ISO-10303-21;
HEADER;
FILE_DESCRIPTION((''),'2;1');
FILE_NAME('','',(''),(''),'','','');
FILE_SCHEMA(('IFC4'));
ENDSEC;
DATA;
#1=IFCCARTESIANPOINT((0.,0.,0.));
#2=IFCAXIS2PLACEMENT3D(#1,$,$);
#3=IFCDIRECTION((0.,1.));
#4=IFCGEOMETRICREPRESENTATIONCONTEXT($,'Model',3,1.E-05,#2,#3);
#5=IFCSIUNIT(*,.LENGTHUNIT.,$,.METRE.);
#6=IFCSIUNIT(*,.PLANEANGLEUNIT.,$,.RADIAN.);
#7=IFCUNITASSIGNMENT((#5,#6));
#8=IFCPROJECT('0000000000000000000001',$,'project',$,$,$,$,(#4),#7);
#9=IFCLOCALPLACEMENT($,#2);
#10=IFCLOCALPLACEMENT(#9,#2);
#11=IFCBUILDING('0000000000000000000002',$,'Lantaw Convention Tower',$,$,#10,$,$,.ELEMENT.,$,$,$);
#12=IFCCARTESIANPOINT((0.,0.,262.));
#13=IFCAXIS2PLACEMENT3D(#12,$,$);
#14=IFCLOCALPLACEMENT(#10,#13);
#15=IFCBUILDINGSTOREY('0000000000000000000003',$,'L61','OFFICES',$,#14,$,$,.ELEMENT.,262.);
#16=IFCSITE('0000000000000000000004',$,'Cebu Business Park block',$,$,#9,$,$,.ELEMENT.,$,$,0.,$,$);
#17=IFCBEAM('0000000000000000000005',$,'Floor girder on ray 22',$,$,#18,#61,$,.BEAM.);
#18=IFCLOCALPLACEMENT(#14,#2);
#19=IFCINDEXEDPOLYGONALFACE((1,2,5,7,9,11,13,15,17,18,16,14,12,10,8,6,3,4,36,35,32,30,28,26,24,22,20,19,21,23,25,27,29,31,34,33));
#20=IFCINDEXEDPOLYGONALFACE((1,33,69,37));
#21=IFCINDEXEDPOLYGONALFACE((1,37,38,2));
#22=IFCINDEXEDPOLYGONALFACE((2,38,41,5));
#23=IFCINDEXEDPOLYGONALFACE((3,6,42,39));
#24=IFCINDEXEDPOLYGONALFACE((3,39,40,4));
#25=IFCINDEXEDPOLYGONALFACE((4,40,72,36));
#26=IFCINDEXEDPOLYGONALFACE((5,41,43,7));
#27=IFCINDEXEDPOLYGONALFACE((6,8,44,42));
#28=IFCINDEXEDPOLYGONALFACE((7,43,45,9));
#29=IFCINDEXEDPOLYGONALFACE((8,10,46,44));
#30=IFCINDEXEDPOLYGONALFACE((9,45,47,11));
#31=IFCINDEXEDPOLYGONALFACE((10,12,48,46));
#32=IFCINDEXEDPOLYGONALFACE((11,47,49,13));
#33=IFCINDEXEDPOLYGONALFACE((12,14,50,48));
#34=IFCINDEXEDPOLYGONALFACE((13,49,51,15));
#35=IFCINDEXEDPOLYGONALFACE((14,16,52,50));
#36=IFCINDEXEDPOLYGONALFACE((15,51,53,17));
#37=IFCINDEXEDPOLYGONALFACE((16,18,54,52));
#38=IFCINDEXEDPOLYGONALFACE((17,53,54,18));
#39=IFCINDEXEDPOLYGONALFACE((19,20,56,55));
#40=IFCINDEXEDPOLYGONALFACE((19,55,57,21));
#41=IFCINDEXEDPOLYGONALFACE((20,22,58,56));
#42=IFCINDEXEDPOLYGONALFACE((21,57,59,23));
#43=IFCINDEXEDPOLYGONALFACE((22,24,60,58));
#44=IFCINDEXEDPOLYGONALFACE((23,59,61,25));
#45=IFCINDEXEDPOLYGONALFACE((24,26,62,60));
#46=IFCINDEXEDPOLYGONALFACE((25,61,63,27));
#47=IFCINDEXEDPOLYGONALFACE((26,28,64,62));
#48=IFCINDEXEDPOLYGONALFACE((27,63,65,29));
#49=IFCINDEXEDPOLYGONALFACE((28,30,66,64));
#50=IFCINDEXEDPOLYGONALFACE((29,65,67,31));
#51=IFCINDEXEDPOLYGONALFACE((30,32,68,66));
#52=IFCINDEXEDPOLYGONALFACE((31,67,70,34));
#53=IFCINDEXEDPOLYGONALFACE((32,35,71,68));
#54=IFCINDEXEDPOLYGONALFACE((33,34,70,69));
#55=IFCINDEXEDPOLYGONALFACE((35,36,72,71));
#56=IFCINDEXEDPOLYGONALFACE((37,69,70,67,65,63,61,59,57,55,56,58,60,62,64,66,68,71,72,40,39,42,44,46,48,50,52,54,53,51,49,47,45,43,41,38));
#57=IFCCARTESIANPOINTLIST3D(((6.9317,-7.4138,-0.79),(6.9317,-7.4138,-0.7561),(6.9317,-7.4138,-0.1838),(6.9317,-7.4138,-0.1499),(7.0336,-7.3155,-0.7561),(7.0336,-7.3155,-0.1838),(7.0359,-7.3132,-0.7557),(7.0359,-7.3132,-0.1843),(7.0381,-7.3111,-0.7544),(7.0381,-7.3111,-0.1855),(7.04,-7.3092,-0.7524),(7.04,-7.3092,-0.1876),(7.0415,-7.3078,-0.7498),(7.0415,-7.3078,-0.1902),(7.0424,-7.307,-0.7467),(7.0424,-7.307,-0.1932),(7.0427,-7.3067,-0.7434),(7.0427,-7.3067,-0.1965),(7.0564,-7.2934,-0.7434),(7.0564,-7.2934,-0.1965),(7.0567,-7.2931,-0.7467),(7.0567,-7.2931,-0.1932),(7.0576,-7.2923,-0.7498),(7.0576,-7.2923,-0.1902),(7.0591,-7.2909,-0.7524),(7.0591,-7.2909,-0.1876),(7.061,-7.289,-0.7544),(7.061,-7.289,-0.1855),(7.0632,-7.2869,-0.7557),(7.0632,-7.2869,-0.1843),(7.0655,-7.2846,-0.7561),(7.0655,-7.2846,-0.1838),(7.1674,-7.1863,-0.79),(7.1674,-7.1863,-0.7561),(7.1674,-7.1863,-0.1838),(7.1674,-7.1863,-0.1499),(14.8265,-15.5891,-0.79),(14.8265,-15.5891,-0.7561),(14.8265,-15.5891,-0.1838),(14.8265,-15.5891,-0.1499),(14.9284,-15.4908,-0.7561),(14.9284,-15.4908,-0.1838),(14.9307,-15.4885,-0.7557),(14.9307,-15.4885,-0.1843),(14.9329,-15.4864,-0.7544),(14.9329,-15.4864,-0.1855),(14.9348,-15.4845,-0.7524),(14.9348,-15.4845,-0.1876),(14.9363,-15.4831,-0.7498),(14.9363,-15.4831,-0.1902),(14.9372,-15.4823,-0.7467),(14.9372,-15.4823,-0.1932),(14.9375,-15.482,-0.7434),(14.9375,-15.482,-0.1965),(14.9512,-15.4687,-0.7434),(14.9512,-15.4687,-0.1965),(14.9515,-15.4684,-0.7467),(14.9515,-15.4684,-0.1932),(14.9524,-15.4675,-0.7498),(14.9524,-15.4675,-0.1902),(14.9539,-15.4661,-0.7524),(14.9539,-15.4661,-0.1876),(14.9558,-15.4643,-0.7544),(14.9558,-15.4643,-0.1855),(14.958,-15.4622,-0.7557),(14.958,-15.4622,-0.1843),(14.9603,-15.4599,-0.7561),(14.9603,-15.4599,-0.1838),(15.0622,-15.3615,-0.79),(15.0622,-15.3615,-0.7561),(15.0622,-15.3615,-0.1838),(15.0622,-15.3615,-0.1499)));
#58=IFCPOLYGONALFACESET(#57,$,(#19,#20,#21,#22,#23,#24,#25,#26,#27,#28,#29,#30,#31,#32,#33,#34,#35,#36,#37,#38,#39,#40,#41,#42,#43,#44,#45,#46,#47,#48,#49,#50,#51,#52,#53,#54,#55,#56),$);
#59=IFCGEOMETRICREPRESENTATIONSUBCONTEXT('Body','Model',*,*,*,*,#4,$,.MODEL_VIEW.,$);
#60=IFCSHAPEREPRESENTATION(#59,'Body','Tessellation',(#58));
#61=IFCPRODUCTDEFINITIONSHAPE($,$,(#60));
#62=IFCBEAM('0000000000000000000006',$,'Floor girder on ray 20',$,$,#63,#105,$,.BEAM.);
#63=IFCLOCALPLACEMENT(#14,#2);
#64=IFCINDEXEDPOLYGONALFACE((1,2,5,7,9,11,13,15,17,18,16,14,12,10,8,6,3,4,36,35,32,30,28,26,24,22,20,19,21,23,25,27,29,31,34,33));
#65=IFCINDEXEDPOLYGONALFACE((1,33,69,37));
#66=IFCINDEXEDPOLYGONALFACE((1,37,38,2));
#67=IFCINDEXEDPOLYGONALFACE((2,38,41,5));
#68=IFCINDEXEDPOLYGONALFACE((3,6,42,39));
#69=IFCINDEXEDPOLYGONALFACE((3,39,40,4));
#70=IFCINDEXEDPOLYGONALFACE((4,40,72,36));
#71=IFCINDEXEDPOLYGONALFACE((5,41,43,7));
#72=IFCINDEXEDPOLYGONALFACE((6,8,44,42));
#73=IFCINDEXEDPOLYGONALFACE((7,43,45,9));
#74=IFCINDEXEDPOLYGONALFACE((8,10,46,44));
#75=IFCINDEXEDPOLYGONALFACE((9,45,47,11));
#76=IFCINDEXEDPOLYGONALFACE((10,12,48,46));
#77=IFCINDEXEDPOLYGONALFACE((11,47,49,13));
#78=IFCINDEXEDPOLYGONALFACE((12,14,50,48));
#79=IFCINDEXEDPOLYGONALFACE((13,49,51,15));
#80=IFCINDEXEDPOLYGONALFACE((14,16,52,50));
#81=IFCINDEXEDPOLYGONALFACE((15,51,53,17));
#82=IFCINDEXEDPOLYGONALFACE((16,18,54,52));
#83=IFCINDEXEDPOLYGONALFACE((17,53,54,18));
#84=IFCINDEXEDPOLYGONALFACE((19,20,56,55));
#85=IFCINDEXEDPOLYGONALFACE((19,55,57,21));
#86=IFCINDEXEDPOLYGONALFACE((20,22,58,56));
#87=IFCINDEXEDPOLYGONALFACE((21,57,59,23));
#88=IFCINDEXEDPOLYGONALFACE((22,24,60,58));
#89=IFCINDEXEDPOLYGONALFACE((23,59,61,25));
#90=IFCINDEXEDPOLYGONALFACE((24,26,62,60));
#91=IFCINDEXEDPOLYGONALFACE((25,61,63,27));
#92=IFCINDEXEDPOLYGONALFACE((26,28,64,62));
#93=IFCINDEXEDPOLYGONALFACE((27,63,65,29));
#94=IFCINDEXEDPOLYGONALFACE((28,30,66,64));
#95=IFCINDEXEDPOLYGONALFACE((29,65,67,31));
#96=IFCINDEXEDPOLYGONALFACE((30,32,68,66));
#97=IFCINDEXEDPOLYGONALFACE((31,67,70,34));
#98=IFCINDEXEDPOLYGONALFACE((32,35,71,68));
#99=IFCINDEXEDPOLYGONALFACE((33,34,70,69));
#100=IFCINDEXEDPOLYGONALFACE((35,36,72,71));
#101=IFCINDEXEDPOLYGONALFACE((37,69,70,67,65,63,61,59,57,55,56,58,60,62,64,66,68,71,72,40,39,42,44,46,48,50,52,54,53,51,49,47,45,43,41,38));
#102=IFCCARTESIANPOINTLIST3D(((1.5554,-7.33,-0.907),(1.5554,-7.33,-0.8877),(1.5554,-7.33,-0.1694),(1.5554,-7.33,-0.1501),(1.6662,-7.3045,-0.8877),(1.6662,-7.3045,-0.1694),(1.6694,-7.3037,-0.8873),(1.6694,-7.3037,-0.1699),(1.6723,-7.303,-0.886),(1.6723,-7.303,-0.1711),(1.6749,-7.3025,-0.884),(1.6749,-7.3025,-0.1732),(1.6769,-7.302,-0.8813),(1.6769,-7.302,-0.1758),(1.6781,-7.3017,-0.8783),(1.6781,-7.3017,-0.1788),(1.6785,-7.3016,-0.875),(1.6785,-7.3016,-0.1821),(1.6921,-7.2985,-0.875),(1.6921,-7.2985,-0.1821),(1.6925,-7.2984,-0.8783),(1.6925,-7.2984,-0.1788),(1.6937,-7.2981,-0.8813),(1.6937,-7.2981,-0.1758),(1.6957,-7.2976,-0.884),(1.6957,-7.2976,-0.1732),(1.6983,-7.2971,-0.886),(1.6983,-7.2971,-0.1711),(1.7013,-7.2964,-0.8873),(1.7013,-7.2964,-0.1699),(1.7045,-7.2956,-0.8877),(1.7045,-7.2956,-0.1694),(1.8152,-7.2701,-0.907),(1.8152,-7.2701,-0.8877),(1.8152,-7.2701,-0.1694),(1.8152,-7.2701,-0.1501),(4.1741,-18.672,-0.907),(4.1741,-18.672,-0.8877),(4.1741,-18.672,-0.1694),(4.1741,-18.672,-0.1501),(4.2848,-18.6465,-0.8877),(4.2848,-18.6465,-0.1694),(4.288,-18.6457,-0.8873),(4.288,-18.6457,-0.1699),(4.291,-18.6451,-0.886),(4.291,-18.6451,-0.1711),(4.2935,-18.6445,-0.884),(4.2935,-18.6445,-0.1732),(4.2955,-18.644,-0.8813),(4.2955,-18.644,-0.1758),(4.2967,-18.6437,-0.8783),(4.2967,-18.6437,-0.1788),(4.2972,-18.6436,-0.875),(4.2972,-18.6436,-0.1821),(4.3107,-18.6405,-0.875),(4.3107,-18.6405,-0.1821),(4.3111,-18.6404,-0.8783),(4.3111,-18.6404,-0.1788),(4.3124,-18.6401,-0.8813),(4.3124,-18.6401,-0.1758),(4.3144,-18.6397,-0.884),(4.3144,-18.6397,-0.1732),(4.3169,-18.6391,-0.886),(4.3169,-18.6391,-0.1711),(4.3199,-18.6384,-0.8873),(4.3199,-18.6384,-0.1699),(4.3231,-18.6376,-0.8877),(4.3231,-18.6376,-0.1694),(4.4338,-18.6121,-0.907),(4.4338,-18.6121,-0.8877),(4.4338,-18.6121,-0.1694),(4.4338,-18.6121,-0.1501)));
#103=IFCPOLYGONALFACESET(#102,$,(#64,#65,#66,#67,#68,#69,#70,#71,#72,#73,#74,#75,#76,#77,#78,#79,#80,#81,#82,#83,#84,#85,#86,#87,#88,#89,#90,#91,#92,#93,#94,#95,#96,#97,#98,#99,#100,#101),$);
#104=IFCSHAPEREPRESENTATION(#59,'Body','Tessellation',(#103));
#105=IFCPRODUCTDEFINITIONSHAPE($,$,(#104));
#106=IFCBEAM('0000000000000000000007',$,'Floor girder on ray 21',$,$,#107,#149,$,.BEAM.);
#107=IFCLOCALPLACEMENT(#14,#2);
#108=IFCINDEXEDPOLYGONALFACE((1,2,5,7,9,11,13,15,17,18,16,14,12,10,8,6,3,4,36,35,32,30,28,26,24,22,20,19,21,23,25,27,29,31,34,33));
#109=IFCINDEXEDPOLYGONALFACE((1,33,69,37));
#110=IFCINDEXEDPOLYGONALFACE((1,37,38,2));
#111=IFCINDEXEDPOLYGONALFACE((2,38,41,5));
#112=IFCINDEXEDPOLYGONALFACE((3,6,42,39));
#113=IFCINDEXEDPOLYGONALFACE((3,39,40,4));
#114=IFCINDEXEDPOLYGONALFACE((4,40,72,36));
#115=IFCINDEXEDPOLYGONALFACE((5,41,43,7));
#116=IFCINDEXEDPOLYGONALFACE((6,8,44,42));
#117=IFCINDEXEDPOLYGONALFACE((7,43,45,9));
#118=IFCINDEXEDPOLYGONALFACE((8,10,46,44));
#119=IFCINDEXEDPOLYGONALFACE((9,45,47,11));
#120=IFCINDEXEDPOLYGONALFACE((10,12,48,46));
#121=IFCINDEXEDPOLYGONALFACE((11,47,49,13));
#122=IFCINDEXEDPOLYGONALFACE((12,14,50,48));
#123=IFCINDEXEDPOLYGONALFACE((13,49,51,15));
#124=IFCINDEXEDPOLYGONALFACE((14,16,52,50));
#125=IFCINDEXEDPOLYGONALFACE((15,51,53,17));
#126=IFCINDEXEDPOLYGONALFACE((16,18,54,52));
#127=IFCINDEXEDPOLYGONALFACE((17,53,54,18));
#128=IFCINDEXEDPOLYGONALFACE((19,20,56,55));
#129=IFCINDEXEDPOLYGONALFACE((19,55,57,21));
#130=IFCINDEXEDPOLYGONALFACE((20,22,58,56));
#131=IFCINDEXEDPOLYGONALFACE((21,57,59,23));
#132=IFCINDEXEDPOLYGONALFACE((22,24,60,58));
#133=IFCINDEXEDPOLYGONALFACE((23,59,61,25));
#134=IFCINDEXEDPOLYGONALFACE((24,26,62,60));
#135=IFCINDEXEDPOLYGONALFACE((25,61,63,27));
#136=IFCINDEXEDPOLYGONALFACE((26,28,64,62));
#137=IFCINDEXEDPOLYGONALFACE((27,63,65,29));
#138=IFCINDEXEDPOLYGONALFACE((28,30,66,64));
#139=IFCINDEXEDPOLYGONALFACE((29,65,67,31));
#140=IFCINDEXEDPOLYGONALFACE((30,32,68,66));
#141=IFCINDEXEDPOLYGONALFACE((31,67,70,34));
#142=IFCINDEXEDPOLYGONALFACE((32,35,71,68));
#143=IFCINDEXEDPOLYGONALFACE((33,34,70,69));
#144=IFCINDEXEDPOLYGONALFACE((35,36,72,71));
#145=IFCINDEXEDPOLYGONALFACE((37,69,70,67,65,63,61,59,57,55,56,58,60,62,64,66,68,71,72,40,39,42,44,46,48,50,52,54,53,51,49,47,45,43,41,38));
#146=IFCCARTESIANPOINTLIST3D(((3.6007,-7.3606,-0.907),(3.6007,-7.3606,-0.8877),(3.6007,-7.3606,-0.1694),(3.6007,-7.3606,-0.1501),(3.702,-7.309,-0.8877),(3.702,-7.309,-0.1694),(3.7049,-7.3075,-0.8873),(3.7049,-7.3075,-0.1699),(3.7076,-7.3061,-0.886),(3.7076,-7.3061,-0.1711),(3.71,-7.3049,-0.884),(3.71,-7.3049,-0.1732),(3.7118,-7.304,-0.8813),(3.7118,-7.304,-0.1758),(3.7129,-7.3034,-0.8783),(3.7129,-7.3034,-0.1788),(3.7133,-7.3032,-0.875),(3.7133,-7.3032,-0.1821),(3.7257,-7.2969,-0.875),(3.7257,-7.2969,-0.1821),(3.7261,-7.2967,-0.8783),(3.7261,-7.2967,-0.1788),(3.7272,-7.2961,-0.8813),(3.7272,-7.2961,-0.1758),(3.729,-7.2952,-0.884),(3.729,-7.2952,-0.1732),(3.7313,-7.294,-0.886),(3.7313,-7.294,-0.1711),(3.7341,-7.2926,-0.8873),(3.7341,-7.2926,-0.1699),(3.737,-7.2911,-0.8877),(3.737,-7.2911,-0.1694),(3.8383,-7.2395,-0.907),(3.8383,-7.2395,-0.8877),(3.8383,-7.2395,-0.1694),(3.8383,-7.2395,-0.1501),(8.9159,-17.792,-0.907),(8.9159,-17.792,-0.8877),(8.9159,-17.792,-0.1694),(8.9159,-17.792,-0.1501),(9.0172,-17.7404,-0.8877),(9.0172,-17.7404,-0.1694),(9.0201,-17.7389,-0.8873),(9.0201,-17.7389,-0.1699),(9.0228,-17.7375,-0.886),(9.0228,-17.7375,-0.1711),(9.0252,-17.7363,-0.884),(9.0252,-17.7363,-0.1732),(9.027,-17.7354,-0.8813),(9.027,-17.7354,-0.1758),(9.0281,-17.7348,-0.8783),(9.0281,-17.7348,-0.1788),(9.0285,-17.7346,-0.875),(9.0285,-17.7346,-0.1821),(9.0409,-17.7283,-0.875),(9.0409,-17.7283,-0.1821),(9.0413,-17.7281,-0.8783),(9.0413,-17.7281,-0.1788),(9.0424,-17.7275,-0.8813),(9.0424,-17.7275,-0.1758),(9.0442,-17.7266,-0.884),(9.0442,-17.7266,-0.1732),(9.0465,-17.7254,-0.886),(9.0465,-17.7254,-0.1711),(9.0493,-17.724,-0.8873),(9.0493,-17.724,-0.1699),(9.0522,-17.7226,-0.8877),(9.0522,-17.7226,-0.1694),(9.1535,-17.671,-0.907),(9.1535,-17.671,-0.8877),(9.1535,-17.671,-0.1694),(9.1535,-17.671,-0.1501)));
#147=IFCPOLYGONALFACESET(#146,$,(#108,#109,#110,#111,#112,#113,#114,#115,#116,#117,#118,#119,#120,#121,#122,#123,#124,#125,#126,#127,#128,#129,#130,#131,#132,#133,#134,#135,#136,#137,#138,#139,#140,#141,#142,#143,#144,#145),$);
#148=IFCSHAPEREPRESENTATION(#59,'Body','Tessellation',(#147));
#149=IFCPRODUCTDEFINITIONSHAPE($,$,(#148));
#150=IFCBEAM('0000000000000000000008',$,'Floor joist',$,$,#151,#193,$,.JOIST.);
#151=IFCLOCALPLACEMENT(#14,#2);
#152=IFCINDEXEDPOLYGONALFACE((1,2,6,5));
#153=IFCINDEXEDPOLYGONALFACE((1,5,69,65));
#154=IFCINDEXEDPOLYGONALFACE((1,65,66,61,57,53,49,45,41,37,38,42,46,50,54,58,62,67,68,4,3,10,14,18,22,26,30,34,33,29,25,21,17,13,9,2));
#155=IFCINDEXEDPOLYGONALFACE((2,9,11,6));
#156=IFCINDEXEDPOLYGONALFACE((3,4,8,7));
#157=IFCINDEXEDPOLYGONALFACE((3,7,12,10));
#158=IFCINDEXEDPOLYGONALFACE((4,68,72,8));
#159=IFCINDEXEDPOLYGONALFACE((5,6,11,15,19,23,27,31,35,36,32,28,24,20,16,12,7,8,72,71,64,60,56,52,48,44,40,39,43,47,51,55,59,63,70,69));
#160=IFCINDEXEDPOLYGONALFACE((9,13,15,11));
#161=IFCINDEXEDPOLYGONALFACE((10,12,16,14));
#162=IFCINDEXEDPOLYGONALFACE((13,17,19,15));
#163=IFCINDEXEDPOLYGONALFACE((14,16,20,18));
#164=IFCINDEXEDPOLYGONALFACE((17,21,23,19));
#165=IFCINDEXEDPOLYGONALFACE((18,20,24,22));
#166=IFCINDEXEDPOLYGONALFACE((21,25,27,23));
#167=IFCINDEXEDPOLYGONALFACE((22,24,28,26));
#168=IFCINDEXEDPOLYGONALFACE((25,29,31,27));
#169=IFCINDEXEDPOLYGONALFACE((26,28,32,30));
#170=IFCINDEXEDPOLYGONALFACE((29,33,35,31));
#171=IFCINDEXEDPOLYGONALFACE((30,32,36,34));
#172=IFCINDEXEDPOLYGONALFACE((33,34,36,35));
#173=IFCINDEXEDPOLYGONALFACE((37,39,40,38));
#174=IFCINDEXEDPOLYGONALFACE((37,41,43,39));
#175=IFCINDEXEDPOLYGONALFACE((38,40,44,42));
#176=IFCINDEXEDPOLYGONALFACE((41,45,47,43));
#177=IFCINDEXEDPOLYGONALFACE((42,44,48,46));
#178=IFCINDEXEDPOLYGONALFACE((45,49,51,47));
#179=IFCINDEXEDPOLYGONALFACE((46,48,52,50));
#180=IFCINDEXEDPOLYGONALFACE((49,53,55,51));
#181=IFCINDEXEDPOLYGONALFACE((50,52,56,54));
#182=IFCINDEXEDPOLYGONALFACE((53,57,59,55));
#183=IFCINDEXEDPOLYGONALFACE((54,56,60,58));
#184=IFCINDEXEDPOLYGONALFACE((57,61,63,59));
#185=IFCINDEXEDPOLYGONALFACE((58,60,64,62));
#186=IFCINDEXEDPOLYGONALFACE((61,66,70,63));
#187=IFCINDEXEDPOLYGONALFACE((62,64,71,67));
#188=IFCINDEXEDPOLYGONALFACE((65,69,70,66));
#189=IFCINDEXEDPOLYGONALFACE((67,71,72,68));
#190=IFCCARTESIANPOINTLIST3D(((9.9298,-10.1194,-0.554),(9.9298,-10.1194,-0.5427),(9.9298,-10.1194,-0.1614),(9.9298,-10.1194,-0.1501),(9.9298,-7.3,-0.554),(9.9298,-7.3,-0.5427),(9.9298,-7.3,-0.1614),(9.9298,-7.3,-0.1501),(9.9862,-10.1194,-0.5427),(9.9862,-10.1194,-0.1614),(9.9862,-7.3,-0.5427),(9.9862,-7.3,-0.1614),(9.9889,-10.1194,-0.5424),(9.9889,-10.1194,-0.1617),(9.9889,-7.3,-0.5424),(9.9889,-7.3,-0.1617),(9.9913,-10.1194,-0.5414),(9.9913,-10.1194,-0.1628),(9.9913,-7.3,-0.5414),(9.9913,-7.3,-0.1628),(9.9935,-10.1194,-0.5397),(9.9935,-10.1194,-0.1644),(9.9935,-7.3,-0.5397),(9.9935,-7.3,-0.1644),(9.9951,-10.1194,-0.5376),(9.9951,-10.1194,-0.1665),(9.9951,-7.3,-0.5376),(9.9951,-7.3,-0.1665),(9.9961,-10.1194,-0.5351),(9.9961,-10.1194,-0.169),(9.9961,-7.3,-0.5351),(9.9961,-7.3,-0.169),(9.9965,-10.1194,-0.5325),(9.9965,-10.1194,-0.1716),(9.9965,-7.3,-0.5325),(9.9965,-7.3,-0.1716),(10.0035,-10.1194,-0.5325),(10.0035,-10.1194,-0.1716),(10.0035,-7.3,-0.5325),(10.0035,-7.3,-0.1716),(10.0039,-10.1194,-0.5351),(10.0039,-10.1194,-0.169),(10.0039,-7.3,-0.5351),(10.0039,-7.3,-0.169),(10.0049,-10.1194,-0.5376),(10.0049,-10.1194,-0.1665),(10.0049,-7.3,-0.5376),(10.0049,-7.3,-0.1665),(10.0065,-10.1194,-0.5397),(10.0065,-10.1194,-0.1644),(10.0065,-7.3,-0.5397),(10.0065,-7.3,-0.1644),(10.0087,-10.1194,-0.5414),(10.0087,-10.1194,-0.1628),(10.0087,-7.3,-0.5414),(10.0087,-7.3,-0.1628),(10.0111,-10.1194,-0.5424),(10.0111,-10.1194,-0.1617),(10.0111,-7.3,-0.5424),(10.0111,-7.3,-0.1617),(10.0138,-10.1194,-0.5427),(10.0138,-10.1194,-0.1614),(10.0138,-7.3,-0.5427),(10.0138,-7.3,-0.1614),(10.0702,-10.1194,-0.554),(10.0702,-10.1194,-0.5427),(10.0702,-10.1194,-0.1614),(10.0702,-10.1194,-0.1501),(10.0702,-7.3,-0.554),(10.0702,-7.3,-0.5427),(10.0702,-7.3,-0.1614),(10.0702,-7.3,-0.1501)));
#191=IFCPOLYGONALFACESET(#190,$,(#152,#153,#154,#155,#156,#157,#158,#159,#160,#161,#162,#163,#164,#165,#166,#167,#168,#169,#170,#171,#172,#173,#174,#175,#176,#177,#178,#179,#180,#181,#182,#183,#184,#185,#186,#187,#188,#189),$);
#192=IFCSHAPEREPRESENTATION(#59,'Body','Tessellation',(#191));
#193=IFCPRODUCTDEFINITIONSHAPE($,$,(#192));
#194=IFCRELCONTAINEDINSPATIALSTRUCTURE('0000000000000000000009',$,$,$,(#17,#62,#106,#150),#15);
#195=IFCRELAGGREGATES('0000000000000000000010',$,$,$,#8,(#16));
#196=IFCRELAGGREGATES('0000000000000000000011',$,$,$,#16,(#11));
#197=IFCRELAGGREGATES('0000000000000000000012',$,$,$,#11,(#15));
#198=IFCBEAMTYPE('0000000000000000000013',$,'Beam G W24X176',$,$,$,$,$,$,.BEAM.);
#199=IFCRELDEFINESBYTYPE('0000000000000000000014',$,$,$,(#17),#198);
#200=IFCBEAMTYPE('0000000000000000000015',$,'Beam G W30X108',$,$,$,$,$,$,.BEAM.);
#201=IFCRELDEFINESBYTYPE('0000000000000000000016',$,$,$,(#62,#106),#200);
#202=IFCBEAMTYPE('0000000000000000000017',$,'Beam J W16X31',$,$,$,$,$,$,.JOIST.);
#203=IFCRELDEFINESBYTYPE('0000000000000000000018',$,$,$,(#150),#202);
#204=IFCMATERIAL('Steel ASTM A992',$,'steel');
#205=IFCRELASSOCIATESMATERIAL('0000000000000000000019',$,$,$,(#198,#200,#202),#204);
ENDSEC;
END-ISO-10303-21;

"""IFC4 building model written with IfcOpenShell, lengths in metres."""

from ifc_helpers import new_model, si_unit, direction, frame, origin, origin_2d, place, context, subcontext, project, spatial, i_section, extrude, material, material_profile, profile_set, type_object, element, save


model = new_model("IFC4")

# Units and contexts
model_context = context("Model", 3, precision=1e-05, world=origin(), true_north=direction((0.0, 1.0)))
body_context = subcontext(model_context, "Body", "Model", "MODEL_VIEW")
ifc_project = project(units=[si_unit("LENGTHUNIT", "METRE"), si_unit("PLANEANGLEUNIT", "RADIAN")], contexts=[model_context])

# Site, building, storey
site_placement = place(None, origin())
site = spatial("IfcSite", under=ifc_project, at=site_placement, Name="Cebu Business Park block", CompositionType="ELEMENT", RefElevation=0.0)
building_placement = place(site_placement, origin())
building = spatial("IfcBuilding", under=site, at=building_placement, Name="Lantaw Convention Tower", CompositionType="ELEMENT")
storey_placement = place(building_placement, frame((0.0, 0.0, 262.0)))
storey = spatial("IfcBuildingStorey", under=building, at=storey_placement, Name="L61", Description="OFFICES", CompositionType="ELEMENT", Elevation=262.0)

# Beams
ifc_material_1 = material(Name="Steel ASTM A992", Category="steel")
ifc_material_profile_1 = material_profile(ifc_material_1, i_section(OverallWidth=0.3276, OverallDepth=0.6401, WebThickness=0.019, FlangeThickness=0.0339, FilletRadius=0.0127, at=origin_2d()), Name="W24X176")
ifc_profile_set_1 = profile_set([ifc_material_profile_1], Name="Steel ASTM A992")
beam_type_1 = type_object("IfcBeamType", Name="Beam G W24X176", PredefinedType="BEAM", material=ifc_profile_set_1)
beam_1_placement = place(storey_placement, frame((7.0496, -7.3, -0.47), z_axis=(0.694658, -0.71934, 0.0), x_axis=(0.71934, 0.694658, 0.0)))
element("IfcBeam", 1, at=beam_1_placement, inside=storey, type_object=beam_type_1, Name="Floor girder on ray 22", PredefinedType="BEAM", context=body_context, shape_type="SweptSolid", body=[
    extrude(i_section(OverallWidth=0.3276, OverallDepth=0.6401, WebThickness=0.019, FlangeThickness=0.0339, FilletRadius=0.0127, at=origin_2d()), origin(), (0.0, 0.0, 1.0), 11.365),
])
ifc_material_profile_2 = material_profile(ifc_material_1, i_section(OverallWidth=0.2666, OverallDepth=0.7568, WebThickness=0.0139, FlangeThickness=0.0193, FilletRadius=0.0127, at=origin_2d()), Name="W30X108")
ifc_profile_set_2 = profile_set([ifc_material_profile_2], Name="Steel ASTM A992")
beam_type_2 = type_object("IfcBeamType", Name="Beam G W30X108", PredefinedType="BEAM", material=ifc_profile_set_2)
beam_2_placement = place(storey_placement, frame((1.6853, -7.3, -0.5286), z_axis=(0.224962, -0.974368, 0.0), x_axis=(0.974368, 0.224962, 0.0)))
element("IfcBeam", 2, at=beam_2_placement, inside=storey, type_object=beam_type_2, Name="Floor girder on ray 20", PredefinedType="BEAM", context=body_context, shape_type="SweptSolid", body=[
    extrude(i_section(OverallWidth=0.2666, OverallDepth=0.7568, WebThickness=0.0139, FlangeThickness=0.0193, FilletRadius=0.0127, at=origin_2d()), origin(), (0.0, 0.0, 1.0), 11.6404),
])
beam_3_placement = place(storey_placement, frame((3.7195, -7.3, -0.5286), z_axis=(0.453999, -0.891002, 0.0), x_axis=(0.891002, 0.453999, 0.0)))
element("IfcBeam", 3, at=beam_3_placement, inside=storey, type_object=beam_type_2, Name="Floor girder on ray 21", PredefinedType="BEAM", context=body_context, shape_type="SweptSolid", body=[
    extrude(i_section(OverallWidth=0.2666, OverallDepth=0.7568, WebThickness=0.0139, FlangeThickness=0.0193, FilletRadius=0.0127, at=origin_2d()), origin(), (0.0, 0.0, 1.0), 11.7075),
])
ifc_material_profile_3 = material_profile(ifc_material_1, i_section(OverallWidth=0.1404, OverallDepth=0.4038, WebThickness=0.0071, FlangeThickness=0.0112, FilletRadius=0.0103, at=origin_2d()), Name="W16X31")
ifc_profile_set_3 = profile_set([ifc_material_profile_3], Name="Steel ASTM A992")
beam_type_3 = type_object("IfcBeamType", Name="Beam J W16X31", PredefinedType="JOIST", material=ifc_profile_set_3)
beam_4_placement = place(storey_placement, frame((10.0, -10.1194, -0.3521), z_axis=(0.0, 1.0, 0.0), x_axis=(-1.0, 0.0, 0.0)))
element("IfcBeam", 4, at=beam_4_placement, inside=storey, type_object=beam_type_3, Name="Floor joist", PredefinedType="JOIST", context=body_context, shape_type="SweptSolid", body=[
    extrude(i_section(OverallWidth=0.1404, OverallDepth=0.4038, WebThickness=0.0071, FlangeThickness=0.0112, FilletRadius=0.0103, at=origin_2d()), origin(), (0.0, 0.0, 1.0), 2.8193),
])

save(model, "model.ifc")
